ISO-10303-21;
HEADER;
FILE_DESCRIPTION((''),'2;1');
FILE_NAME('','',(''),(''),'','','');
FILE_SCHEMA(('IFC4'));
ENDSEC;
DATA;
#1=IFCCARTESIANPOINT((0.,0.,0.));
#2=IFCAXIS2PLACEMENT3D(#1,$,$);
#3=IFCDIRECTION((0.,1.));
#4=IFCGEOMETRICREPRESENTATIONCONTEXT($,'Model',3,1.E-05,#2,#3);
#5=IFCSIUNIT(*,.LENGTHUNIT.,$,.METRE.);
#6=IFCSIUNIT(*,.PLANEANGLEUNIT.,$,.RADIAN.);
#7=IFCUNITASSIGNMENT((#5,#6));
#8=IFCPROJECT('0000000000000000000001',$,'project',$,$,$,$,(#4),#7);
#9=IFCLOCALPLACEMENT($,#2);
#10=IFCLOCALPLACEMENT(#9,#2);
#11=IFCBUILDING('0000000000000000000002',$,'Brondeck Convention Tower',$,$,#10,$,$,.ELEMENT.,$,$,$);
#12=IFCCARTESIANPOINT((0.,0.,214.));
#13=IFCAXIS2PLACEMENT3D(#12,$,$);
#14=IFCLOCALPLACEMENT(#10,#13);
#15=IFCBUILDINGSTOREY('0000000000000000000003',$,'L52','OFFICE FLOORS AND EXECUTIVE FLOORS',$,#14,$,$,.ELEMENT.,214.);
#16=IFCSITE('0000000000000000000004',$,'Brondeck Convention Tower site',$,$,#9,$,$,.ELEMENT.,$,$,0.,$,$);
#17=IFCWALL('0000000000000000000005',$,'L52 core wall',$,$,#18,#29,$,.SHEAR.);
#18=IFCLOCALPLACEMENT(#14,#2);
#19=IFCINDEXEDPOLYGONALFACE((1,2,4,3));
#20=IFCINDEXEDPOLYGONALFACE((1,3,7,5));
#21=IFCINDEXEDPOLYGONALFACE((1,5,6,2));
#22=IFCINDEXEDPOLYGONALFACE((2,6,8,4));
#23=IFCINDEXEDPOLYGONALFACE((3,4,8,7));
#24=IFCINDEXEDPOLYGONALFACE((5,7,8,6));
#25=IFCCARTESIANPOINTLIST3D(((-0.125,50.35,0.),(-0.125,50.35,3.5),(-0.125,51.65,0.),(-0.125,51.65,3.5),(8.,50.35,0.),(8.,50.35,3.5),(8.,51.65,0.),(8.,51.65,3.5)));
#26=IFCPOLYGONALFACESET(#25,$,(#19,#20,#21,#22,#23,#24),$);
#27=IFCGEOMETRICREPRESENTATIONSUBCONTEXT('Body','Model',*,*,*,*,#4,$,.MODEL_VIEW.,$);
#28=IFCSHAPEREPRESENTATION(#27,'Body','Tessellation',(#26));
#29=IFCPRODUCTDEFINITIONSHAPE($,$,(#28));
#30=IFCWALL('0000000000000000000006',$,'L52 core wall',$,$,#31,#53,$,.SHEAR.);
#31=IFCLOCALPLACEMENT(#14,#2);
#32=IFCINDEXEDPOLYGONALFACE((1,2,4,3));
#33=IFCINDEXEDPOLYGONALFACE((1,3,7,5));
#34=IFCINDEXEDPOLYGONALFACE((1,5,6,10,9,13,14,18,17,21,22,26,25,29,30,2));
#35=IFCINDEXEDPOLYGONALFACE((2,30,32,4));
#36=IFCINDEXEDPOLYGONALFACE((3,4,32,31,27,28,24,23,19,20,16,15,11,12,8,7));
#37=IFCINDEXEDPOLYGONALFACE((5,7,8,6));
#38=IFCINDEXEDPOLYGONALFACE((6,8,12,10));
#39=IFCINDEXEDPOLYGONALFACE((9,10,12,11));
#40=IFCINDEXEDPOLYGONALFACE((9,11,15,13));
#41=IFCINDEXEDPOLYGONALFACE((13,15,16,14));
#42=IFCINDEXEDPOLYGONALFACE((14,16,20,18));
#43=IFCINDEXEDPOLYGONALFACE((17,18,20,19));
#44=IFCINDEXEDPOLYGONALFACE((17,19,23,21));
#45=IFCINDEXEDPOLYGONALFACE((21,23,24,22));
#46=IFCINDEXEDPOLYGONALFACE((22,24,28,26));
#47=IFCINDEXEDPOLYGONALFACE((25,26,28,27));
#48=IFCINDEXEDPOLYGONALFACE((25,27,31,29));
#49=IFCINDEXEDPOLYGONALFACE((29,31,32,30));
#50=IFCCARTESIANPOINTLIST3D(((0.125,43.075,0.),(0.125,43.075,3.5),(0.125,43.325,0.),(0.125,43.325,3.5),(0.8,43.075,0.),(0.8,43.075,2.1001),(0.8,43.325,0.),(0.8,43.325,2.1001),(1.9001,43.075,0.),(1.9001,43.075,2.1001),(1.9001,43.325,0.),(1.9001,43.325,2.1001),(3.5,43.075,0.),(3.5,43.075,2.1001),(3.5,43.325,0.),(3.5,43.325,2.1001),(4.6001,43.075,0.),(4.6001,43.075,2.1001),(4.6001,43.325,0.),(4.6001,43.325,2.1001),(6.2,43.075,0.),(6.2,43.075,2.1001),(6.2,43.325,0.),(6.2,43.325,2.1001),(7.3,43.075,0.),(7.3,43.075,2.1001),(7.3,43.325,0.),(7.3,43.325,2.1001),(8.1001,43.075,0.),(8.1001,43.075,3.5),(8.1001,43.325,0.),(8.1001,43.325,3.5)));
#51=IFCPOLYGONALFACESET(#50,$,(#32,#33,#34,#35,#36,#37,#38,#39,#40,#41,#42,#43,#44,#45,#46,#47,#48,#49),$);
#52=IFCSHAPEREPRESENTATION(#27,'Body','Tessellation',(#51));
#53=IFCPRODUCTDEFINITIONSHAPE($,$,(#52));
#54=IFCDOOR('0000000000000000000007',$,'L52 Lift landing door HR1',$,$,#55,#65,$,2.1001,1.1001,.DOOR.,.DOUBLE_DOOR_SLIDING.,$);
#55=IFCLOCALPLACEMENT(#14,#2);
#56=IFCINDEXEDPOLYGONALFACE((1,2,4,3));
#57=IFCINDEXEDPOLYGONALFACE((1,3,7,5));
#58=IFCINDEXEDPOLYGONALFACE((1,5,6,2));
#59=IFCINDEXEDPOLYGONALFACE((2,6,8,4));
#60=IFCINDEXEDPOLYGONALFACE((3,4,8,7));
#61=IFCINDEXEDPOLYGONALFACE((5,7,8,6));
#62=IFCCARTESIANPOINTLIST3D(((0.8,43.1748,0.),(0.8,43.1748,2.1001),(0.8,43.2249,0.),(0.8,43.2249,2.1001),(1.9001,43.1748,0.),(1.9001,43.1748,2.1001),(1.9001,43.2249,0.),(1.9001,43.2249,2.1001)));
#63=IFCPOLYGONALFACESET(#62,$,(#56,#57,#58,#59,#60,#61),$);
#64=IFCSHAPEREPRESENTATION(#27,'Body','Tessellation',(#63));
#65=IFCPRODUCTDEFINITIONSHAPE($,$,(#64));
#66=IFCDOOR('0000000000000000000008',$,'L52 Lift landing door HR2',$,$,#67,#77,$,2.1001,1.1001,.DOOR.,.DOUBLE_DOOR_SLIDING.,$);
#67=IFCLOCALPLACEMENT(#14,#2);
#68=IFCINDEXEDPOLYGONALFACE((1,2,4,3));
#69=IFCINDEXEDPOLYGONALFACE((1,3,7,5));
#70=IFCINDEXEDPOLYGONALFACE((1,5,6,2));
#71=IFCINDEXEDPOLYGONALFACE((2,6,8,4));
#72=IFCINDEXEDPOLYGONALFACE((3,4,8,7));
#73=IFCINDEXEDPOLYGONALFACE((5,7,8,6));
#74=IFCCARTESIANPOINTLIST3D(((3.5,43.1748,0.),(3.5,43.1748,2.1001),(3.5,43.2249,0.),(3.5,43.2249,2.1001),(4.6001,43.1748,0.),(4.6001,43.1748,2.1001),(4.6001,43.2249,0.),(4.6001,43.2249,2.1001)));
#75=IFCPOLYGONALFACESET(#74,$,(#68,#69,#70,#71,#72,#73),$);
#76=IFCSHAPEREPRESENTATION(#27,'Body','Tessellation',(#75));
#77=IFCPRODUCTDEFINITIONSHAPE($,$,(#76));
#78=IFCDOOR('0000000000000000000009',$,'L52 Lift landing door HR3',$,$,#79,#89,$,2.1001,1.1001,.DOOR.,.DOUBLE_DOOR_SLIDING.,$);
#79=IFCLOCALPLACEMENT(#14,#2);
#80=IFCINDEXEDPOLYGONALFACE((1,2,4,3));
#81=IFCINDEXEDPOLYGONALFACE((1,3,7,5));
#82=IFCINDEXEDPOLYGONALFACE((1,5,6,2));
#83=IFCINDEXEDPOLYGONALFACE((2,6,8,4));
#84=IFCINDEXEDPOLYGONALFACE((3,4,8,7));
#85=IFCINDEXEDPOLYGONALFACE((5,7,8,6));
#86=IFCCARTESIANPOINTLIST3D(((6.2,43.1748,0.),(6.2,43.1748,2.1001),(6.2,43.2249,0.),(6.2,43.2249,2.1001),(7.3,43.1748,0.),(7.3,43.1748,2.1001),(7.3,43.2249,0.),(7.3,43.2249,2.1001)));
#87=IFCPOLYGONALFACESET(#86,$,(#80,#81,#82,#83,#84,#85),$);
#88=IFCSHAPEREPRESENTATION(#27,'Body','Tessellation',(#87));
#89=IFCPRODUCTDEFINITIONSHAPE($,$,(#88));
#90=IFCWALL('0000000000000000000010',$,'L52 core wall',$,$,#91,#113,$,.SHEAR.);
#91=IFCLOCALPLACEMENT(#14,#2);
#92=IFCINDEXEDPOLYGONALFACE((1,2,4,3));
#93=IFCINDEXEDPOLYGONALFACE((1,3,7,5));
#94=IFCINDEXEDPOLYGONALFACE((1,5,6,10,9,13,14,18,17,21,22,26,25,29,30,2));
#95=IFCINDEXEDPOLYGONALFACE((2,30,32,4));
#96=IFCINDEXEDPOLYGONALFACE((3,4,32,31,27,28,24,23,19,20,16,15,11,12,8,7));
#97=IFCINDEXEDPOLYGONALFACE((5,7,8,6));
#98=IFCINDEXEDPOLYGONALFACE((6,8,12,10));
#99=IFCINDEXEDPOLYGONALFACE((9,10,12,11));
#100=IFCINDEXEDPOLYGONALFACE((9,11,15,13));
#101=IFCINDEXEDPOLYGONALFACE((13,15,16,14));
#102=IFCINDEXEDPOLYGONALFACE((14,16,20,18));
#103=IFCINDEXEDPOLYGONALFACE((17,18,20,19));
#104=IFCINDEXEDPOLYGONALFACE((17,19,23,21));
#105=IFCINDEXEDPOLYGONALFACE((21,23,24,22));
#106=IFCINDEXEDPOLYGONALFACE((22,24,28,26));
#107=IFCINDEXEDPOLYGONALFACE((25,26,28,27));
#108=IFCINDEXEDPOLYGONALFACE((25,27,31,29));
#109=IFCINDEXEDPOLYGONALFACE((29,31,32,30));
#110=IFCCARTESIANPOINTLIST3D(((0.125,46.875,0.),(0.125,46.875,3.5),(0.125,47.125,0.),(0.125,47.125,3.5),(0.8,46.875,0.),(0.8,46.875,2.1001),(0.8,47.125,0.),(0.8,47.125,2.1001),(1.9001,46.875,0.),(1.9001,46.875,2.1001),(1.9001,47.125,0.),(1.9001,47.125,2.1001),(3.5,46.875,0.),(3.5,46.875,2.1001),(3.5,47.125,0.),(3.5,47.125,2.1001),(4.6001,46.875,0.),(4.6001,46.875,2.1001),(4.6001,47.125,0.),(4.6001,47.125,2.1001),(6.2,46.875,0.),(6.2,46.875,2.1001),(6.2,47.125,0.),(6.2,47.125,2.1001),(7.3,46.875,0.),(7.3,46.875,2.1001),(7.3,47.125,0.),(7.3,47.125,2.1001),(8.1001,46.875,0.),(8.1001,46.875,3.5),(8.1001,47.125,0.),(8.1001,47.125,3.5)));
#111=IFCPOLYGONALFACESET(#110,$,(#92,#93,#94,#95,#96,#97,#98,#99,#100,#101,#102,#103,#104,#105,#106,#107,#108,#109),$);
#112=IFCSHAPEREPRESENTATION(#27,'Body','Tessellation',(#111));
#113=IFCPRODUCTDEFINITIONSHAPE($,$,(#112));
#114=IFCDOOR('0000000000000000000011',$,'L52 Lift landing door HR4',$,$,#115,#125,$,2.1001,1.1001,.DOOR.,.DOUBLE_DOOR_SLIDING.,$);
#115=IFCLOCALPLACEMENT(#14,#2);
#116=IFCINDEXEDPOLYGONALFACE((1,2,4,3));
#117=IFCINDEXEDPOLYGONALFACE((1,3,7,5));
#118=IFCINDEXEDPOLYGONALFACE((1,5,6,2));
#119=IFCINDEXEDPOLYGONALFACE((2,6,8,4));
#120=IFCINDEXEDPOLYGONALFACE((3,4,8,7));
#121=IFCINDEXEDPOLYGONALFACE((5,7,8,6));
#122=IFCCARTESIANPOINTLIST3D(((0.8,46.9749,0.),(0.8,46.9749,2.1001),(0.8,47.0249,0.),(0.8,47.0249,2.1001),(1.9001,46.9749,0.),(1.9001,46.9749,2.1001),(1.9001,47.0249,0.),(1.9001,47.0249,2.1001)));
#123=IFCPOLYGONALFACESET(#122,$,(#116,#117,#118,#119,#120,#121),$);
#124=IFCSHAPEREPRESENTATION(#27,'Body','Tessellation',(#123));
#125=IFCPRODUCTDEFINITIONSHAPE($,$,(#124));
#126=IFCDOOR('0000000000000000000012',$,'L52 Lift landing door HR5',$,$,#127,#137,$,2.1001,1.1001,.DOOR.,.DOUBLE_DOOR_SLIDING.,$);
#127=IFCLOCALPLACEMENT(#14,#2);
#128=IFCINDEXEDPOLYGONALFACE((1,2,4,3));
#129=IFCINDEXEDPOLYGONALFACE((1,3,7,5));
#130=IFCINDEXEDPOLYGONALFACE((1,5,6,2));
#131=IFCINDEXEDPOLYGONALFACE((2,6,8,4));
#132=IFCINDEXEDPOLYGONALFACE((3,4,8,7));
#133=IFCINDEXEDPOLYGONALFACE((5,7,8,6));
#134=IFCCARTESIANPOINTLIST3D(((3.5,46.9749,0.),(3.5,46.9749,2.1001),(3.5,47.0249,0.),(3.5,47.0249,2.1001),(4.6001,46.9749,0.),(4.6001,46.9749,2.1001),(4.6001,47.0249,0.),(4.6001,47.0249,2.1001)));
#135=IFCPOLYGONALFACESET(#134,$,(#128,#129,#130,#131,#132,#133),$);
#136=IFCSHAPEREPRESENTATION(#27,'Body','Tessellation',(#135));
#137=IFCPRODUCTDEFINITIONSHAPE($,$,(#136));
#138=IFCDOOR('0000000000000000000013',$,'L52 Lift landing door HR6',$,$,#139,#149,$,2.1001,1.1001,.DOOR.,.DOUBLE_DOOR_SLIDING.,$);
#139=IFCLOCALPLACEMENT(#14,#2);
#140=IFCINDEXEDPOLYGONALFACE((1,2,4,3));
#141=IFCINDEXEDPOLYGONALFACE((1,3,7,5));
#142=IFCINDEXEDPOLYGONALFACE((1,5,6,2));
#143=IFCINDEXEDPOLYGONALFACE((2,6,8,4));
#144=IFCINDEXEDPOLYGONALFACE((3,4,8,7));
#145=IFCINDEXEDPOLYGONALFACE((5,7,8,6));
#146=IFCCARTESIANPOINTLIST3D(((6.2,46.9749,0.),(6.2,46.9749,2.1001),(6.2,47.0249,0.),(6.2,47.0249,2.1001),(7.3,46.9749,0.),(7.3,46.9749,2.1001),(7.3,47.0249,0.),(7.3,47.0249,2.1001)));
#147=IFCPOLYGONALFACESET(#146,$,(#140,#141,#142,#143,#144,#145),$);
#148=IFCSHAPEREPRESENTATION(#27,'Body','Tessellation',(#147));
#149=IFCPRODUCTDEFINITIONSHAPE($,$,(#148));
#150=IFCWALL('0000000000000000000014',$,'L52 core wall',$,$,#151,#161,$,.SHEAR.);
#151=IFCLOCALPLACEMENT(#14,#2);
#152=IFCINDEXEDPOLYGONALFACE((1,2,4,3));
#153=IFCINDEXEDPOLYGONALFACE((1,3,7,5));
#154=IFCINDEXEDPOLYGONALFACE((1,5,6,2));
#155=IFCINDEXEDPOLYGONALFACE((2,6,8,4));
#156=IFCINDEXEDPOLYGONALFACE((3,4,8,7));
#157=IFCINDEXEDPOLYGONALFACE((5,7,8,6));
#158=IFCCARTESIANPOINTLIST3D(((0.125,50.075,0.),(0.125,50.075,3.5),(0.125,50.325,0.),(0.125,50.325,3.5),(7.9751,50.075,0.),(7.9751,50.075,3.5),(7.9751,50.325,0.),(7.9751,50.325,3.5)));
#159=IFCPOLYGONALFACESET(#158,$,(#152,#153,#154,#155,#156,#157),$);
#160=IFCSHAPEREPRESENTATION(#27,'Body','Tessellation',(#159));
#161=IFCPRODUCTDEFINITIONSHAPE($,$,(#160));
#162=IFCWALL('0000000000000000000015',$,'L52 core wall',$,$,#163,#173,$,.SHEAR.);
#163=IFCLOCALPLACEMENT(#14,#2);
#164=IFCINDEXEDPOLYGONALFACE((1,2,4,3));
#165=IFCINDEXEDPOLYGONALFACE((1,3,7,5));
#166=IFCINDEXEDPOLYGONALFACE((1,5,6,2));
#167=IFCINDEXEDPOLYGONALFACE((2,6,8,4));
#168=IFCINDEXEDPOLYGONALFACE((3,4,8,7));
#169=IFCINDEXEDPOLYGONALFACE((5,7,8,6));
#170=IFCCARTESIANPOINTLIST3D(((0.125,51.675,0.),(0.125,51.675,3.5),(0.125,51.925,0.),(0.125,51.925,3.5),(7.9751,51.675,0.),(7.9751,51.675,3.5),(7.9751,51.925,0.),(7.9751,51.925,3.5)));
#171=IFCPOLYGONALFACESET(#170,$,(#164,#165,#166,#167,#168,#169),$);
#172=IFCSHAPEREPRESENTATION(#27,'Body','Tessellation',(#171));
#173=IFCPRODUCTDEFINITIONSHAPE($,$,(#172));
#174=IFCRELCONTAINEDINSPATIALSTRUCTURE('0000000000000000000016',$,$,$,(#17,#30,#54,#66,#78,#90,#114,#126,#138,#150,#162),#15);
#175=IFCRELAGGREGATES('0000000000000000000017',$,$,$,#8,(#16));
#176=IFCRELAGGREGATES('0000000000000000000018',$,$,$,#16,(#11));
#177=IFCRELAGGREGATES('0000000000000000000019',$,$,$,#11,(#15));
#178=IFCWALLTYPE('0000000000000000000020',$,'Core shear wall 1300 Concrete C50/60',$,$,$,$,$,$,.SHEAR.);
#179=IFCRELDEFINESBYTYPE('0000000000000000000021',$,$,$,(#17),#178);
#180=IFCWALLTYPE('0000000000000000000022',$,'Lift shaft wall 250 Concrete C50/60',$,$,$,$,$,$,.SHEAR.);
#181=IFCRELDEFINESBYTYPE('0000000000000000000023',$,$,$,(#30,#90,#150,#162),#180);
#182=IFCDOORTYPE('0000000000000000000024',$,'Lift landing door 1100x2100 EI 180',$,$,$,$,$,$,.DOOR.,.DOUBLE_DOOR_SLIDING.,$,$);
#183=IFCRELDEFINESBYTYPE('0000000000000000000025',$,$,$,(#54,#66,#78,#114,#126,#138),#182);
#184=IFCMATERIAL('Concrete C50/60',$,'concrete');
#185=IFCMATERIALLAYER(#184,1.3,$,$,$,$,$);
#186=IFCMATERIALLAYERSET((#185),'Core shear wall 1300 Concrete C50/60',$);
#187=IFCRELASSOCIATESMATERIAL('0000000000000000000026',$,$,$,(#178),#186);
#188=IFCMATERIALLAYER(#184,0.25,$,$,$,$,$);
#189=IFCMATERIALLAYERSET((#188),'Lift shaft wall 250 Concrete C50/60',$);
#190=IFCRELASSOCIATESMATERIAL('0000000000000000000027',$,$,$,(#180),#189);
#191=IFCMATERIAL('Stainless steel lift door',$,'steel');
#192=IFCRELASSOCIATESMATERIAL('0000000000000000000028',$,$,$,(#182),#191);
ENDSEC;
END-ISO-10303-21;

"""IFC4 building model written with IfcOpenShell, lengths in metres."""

from ifc_helpers import new_model, si_unit, direction, frame, frame_2d, origin, place, context, subcontext, project, spatial, rectangle, extrude, material, layer, layer_set, type_object, element, fill, save


model = new_model("IFC4")

# Units and contexts
model_context = context("Model", 3, precision=1e-05, world=origin(), true_north=direction((0.0, 1.0)))
body_context = subcontext(model_context, "Body", "Model", "MODEL_VIEW")
ifc_project = project(units=[si_unit("LENGTHUNIT", "METRE"), si_unit("PLANEANGLEUNIT", "RADIAN")], contexts=[model_context])

# Site, building, storey
site_placement = place(None, origin())
site = spatial("IfcSite", under=ifc_project, at=site_placement, Name="Brondeck Convention Tower site", CompositionType="ELEMENT", RefElevation=0.0)
building_placement = place(site_placement, origin())
building = spatial("IfcBuilding", under=site, at=building_placement, Name="Brondeck Convention Tower", CompositionType="ELEMENT")
storey_placement = place(building_placement, frame((0.0, 0.0, 214.0)))
storey = spatial("IfcBuildingStorey", under=building, at=storey_placement, Name="L52", Description="OFFICE FLOORS AND EXECUTIVE FLOORS", CompositionType="ELEMENT", Elevation=214.0)

# Shared definitions
ifc_material_1 = material(Name="Concrete C50/60", Category="concrete")

# Wall
ifc_layer_1 = layer(ifc_material_1, 1.3)
ifc_layer_set_1 = layer_set([ifc_layer_1], Name="Core shear wall 1300 Concrete C50/60")
wall_type_1 = type_object("IfcWallType", Name="Core shear wall 1300 Concrete C50/60", PredefinedType="SHEAR", material=ifc_layer_set_1)
wall_1_placement = place(storey_placement, frame((-0.125, 51.0, 0.0), z_axis=(0.0, 0.0, 1.0), x_axis=(1.0, 0.0, 0.0)))
element("IfcWall", 1, at=wall_1_placement, inside=storey, type_object=wall_type_1, Name="L52 core wall", PredefinedType="SHEAR", context=body_context, shape_type="SweptSolid", body=[
    extrude(rectangle(XDim=8.125, YDim=1.3, at=frame_2d((4.0625, 0.0))), origin(), (0.0, 0.0, 1.0), 3.5),
])

# Walls, openings, doors
ifc_layer_2 = layer(ifc_material_1, 0.25)
ifc_layer_set_2 = layer_set([ifc_layer_2], Name="Lift shaft wall 250 Concrete C50/60")
wall_type_2 = type_object("IfcWallType", Name="Lift shaft wall 250 Concrete C50/60", PredefinedType="SHEAR", material=ifc_layer_set_2)
wall_2_placement = place(storey_placement, frame((0.125, 43.2, 0.0), z_axis=(0.0, 0.0, 1.0), x_axis=(1.0, 0.0, 0.0)))
wall_2 = element("IfcWall", 2, at=wall_2_placement, inside=storey, type_object=wall_type_2, Name="L52 core wall", PredefinedType="SHEAR", context=body_context, shape_type="SweptSolid", body=[
    extrude(rectangle(XDim=7.9751, YDim=0.25, at=frame_2d((3.9875, 0.0))), origin(), (0.0, 0.0, 1.0), 3.5),
])
opening_1_placement = place(wall_2_placement, frame((0.675, 0.0, 0.0)))
opening_1 = element("IfcOpeningElement", 3, at=opening_1_placement, cuts=wall_2, PredefinedType="OPENING", context=body_context, shape_type="SweptSolid", body=[
    extrude(rectangle(XDim=1.1001, YDim=2.1001, at=frame_2d((0.55, 1.05))), frame((0.0, 0.135, 0.0), z_axis=(0.0, -1.0, 0.0), x_axis=(1.0, 0.0, 0.0)), (0.0, 0.0, 1.0), 0.27),
])
opening_2_placement = place(wall_2_placement, frame((3.375, 0.0, 0.0)))
opening_2 = element("IfcOpeningElement", 4, at=opening_2_placement, cuts=wall_2, PredefinedType="OPENING", context=body_context, shape_type="SweptSolid", body=[
    extrude(rectangle(XDim=1.1001, YDim=2.1001, at=frame_2d((0.55, 1.05))), frame((0.0, 0.135, 0.0), z_axis=(0.0, -1.0, 0.0), x_axis=(1.0, 0.0, 0.0)), (0.0, 0.0, 1.0), 0.27),
])
opening_3_placement = place(wall_2_placement, frame((6.075, 0.0, 0.0)))
opening_3 = element("IfcOpeningElement", 5, at=opening_3_placement, cuts=wall_2, PredefinedType="OPENING", context=body_context, shape_type="SweptSolid", body=[
    extrude(rectangle(XDim=1.1001, YDim=2.1001, at=frame_2d((0.55, 1.05))), frame((0.0, 0.135, 0.0), z_axis=(0.0, -1.0, 0.0), x_axis=(1.0, 0.0, 0.0)), (0.0, 0.0, 1.0), 0.27),
])
ifc_material_2 = material(Name="Stainless steel lift door", Category="steel")
door_type_1 = type_object("IfcDoorType", Name="Lift landing door 1100x2100 EI 180", OperationType="DOUBLE_DOOR_SLIDING", PredefinedType="DOOR", material=ifc_material_2)
door_1_placement = place(opening_1_placement, origin())
door_1 = element("IfcDoor", 6, at=door_1_placement, inside=storey, type_object=door_type_1, Name="L52 Lift landing door HR1", OperationType="DOUBLE_DOOR_SLIDING", OverallHeight=2.1001, OverallWidth=1.1001, PredefinedType="DOOR", context=body_context, shape_type="SweptSolid", body=[
    extrude(rectangle(XDim=1.1001, YDim=2.1001, at=frame_2d((0.55, 1.05))), frame((0.0, 0.0249, 0.0), z_axis=(0.0, -1.0, 0.0), x_axis=(1.0, 0.0, 0.0)), (0.0, 0.0, 1.0), 0.05),
])
fill(opening_1, door_1)
door_2_placement = place(opening_2_placement, origin())
door_2 = element("IfcDoor", 7, at=door_2_placement, inside=storey, type_object=door_type_1, Name="L52 Lift landing door HR2", OperationType="DOUBLE_DOOR_SLIDING", OverallHeight=2.1001, OverallWidth=1.1001, PredefinedType="DOOR", context=body_context, shape_type="SweptSolid", body=[
    extrude(rectangle(XDim=1.1001, YDim=2.1001, at=frame_2d((0.55, 1.05))), frame((0.0, 0.0249, 0.0), z_axis=(0.0, -1.0, 0.0), x_axis=(1.0, 0.0, 0.0)), (0.0, 0.0, 1.0), 0.05),
])
fill(opening_2, door_2)
door_3_placement = place(opening_3_placement, origin())
door_3 = element("IfcDoor", 8, at=door_3_placement, inside=storey, type_object=door_type_1, Name="L52 Lift landing door HR3", OperationType="DOUBLE_DOOR_SLIDING", OverallHeight=2.1001, OverallWidth=1.1001, PredefinedType="DOOR", context=body_context, shape_type="SweptSolid", body=[
    extrude(rectangle(XDim=1.1001, YDim=2.1001, at=frame_2d((0.55, 1.05))), frame((0.0, 0.0249, 0.0), z_axis=(0.0, -1.0, 0.0), x_axis=(1.0, 0.0, 0.0)), (0.0, 0.0, 1.0), 0.05),
])
fill(opening_3, door_3)
wall_3_placement = place(storey_placement, frame((0.125, 47.0, 0.0), z_axis=(0.0, 0.0, 1.0), x_axis=(1.0, 0.0, 0.0)))
wall_3 = element("IfcWall", 9, at=wall_3_placement, inside=storey, type_object=wall_type_2, Name="L52 core wall", PredefinedType="SHEAR", context=body_context, shape_type="SweptSolid", body=[
    extrude(rectangle(XDim=7.9751, YDim=0.25, at=frame_2d((3.9875, 0.0))), origin(), (0.0, 0.0, 1.0), 3.5),
])
opening_4_placement = place(wall_3_placement, frame((0.675, 0.0, 0.0)))
opening_4 = element("IfcOpeningElement", 10, at=opening_4_placement, cuts=wall_3, PredefinedType="OPENING", context=body_context, shape_type="SweptSolid", body=[
    extrude(rectangle(XDim=1.1001, YDim=2.1001, at=frame_2d((0.55, 1.05))), frame((0.0, 0.135, 0.0), z_axis=(0.0, -1.0, 0.0), x_axis=(1.0, 0.0, 0.0)), (0.0, 0.0, 1.0), 0.27),
])
opening_5_placement = place(wall_3_placement, frame((3.375, 0.0, 0.0)))
opening_5 = element("IfcOpeningElement", 11, at=opening_5_placement, cuts=wall_3, PredefinedType="OPENING", context=body_context, shape_type="SweptSolid", body=[
    extrude(rectangle(XDim=1.1001, YDim=2.1001, at=frame_2d((0.55, 1.05))), frame((0.0, 0.135, 0.0), z_axis=(0.0, -1.0, 0.0), x_axis=(1.0, 0.0, 0.0)), (0.0, 0.0, 1.0), 0.27),
])
opening_6_placement = place(wall_3_placement, frame((6.075, 0.0, 0.0)))
opening_6 = element("IfcOpeningElement", 12, at=opening_6_placement, cuts=wall_3, PredefinedType="OPENING", context=body_context, shape_type="SweptSolid", body=[
    extrude(rectangle(XDim=1.1001, YDim=2.1001, at=frame_2d((0.55, 1.05))), frame((0.0, 0.135, 0.0), z_axis=(0.0, -1.0, 0.0), x_axis=(1.0, 0.0, 0.0)), (0.0, 0.0, 1.0), 0.27),
])
door_4_placement = place(opening_4_placement, origin())
door_4 = element("IfcDoor", 13, at=door_4_placement, inside=storey, type_object=door_type_1, Name="L52 Lift landing door HR4", OperationType="DOUBLE_DOOR_SLIDING", OverallHeight=2.1001, OverallWidth=1.1001, PredefinedType="DOOR", context=body_context, shape_type="SweptSolid", body=[
    extrude(rectangle(XDim=1.1001, YDim=2.1001, at=frame_2d((0.55, 1.05))), frame((0.0, 0.0249, 0.0), z_axis=(0.0, -1.0, 0.0), x_axis=(1.0, 0.0, 0.0)), (0.0, 0.0, 1.0), 0.05),
])
fill(opening_4, door_4)
door_5_placement = place(opening_5_placement, origin())
door_5 = element("IfcDoor", 14, at=door_5_placement, inside=storey, type_object=door_type_1, Name="L52 Lift landing door HR5", OperationType="DOUBLE_DOOR_SLIDING", OverallHeight=2.1001, OverallWidth=1.1001, PredefinedType="DOOR", context=body_context, shape_type="SweptSolid", body=[
    extrude(rectangle(XDim=1.1001, YDim=2.1001, at=frame_2d((0.55, 1.05))), frame((0.0, 0.0249, 0.0), z_axis=(0.0, -1.0, 0.0), x_axis=(1.0, 0.0, 0.0)), (0.0, 0.0, 1.0), 0.05),
])
fill(opening_5, door_5)
door_6_placement = place(opening_6_placement, origin())
door_6 = element("IfcDoor", 15, at=door_6_placement, inside=storey, type_object=door_type_1, Name="L52 Lift landing door HR6", OperationType="DOUBLE_DOOR_SLIDING", OverallHeight=2.1001, OverallWidth=1.1001, PredefinedType="DOOR", context=body_context, shape_type="SweptSolid", body=[
    extrude(rectangle(XDim=1.1001, YDim=2.1001, at=frame_2d((0.55, 1.05))), frame((0.0, 0.0249, 0.0), z_axis=(0.0, -1.0, 0.0), x_axis=(1.0, 0.0, 0.0)), (0.0, 0.0, 1.0), 0.05),
])
fill(opening_6, door_6)

# Walls
for number, where, z_axis, x_axis, name in (
    (16, (0.125, 50.2, 0.0), (0.0, 0.0, 1.0), (1.0, 0.0, 0.0), "L52 core wall"),
    (17, (0.125, 51.8, 0.0), (0.0, 0.0, 1.0), (1.0, 0.0, 0.0), "L52 core wall"),
):
    element("IfcWall", number, at=place(storey_placement, frame(where, z_axis=z_axis, x_axis=x_axis)), inside=storey, type_object=wall_type_2, Name=name, PredefinedType="SHEAR", context=body_context, shape_type="SweptSolid", body=[
        extrude(rectangle(XDim=7.8501, YDim=0.25, at=frame_2d((3.925, 0.0))), origin(), (0.0, 0.0, 1.0), 3.5),
    ])

save(model, "model.ifc")
